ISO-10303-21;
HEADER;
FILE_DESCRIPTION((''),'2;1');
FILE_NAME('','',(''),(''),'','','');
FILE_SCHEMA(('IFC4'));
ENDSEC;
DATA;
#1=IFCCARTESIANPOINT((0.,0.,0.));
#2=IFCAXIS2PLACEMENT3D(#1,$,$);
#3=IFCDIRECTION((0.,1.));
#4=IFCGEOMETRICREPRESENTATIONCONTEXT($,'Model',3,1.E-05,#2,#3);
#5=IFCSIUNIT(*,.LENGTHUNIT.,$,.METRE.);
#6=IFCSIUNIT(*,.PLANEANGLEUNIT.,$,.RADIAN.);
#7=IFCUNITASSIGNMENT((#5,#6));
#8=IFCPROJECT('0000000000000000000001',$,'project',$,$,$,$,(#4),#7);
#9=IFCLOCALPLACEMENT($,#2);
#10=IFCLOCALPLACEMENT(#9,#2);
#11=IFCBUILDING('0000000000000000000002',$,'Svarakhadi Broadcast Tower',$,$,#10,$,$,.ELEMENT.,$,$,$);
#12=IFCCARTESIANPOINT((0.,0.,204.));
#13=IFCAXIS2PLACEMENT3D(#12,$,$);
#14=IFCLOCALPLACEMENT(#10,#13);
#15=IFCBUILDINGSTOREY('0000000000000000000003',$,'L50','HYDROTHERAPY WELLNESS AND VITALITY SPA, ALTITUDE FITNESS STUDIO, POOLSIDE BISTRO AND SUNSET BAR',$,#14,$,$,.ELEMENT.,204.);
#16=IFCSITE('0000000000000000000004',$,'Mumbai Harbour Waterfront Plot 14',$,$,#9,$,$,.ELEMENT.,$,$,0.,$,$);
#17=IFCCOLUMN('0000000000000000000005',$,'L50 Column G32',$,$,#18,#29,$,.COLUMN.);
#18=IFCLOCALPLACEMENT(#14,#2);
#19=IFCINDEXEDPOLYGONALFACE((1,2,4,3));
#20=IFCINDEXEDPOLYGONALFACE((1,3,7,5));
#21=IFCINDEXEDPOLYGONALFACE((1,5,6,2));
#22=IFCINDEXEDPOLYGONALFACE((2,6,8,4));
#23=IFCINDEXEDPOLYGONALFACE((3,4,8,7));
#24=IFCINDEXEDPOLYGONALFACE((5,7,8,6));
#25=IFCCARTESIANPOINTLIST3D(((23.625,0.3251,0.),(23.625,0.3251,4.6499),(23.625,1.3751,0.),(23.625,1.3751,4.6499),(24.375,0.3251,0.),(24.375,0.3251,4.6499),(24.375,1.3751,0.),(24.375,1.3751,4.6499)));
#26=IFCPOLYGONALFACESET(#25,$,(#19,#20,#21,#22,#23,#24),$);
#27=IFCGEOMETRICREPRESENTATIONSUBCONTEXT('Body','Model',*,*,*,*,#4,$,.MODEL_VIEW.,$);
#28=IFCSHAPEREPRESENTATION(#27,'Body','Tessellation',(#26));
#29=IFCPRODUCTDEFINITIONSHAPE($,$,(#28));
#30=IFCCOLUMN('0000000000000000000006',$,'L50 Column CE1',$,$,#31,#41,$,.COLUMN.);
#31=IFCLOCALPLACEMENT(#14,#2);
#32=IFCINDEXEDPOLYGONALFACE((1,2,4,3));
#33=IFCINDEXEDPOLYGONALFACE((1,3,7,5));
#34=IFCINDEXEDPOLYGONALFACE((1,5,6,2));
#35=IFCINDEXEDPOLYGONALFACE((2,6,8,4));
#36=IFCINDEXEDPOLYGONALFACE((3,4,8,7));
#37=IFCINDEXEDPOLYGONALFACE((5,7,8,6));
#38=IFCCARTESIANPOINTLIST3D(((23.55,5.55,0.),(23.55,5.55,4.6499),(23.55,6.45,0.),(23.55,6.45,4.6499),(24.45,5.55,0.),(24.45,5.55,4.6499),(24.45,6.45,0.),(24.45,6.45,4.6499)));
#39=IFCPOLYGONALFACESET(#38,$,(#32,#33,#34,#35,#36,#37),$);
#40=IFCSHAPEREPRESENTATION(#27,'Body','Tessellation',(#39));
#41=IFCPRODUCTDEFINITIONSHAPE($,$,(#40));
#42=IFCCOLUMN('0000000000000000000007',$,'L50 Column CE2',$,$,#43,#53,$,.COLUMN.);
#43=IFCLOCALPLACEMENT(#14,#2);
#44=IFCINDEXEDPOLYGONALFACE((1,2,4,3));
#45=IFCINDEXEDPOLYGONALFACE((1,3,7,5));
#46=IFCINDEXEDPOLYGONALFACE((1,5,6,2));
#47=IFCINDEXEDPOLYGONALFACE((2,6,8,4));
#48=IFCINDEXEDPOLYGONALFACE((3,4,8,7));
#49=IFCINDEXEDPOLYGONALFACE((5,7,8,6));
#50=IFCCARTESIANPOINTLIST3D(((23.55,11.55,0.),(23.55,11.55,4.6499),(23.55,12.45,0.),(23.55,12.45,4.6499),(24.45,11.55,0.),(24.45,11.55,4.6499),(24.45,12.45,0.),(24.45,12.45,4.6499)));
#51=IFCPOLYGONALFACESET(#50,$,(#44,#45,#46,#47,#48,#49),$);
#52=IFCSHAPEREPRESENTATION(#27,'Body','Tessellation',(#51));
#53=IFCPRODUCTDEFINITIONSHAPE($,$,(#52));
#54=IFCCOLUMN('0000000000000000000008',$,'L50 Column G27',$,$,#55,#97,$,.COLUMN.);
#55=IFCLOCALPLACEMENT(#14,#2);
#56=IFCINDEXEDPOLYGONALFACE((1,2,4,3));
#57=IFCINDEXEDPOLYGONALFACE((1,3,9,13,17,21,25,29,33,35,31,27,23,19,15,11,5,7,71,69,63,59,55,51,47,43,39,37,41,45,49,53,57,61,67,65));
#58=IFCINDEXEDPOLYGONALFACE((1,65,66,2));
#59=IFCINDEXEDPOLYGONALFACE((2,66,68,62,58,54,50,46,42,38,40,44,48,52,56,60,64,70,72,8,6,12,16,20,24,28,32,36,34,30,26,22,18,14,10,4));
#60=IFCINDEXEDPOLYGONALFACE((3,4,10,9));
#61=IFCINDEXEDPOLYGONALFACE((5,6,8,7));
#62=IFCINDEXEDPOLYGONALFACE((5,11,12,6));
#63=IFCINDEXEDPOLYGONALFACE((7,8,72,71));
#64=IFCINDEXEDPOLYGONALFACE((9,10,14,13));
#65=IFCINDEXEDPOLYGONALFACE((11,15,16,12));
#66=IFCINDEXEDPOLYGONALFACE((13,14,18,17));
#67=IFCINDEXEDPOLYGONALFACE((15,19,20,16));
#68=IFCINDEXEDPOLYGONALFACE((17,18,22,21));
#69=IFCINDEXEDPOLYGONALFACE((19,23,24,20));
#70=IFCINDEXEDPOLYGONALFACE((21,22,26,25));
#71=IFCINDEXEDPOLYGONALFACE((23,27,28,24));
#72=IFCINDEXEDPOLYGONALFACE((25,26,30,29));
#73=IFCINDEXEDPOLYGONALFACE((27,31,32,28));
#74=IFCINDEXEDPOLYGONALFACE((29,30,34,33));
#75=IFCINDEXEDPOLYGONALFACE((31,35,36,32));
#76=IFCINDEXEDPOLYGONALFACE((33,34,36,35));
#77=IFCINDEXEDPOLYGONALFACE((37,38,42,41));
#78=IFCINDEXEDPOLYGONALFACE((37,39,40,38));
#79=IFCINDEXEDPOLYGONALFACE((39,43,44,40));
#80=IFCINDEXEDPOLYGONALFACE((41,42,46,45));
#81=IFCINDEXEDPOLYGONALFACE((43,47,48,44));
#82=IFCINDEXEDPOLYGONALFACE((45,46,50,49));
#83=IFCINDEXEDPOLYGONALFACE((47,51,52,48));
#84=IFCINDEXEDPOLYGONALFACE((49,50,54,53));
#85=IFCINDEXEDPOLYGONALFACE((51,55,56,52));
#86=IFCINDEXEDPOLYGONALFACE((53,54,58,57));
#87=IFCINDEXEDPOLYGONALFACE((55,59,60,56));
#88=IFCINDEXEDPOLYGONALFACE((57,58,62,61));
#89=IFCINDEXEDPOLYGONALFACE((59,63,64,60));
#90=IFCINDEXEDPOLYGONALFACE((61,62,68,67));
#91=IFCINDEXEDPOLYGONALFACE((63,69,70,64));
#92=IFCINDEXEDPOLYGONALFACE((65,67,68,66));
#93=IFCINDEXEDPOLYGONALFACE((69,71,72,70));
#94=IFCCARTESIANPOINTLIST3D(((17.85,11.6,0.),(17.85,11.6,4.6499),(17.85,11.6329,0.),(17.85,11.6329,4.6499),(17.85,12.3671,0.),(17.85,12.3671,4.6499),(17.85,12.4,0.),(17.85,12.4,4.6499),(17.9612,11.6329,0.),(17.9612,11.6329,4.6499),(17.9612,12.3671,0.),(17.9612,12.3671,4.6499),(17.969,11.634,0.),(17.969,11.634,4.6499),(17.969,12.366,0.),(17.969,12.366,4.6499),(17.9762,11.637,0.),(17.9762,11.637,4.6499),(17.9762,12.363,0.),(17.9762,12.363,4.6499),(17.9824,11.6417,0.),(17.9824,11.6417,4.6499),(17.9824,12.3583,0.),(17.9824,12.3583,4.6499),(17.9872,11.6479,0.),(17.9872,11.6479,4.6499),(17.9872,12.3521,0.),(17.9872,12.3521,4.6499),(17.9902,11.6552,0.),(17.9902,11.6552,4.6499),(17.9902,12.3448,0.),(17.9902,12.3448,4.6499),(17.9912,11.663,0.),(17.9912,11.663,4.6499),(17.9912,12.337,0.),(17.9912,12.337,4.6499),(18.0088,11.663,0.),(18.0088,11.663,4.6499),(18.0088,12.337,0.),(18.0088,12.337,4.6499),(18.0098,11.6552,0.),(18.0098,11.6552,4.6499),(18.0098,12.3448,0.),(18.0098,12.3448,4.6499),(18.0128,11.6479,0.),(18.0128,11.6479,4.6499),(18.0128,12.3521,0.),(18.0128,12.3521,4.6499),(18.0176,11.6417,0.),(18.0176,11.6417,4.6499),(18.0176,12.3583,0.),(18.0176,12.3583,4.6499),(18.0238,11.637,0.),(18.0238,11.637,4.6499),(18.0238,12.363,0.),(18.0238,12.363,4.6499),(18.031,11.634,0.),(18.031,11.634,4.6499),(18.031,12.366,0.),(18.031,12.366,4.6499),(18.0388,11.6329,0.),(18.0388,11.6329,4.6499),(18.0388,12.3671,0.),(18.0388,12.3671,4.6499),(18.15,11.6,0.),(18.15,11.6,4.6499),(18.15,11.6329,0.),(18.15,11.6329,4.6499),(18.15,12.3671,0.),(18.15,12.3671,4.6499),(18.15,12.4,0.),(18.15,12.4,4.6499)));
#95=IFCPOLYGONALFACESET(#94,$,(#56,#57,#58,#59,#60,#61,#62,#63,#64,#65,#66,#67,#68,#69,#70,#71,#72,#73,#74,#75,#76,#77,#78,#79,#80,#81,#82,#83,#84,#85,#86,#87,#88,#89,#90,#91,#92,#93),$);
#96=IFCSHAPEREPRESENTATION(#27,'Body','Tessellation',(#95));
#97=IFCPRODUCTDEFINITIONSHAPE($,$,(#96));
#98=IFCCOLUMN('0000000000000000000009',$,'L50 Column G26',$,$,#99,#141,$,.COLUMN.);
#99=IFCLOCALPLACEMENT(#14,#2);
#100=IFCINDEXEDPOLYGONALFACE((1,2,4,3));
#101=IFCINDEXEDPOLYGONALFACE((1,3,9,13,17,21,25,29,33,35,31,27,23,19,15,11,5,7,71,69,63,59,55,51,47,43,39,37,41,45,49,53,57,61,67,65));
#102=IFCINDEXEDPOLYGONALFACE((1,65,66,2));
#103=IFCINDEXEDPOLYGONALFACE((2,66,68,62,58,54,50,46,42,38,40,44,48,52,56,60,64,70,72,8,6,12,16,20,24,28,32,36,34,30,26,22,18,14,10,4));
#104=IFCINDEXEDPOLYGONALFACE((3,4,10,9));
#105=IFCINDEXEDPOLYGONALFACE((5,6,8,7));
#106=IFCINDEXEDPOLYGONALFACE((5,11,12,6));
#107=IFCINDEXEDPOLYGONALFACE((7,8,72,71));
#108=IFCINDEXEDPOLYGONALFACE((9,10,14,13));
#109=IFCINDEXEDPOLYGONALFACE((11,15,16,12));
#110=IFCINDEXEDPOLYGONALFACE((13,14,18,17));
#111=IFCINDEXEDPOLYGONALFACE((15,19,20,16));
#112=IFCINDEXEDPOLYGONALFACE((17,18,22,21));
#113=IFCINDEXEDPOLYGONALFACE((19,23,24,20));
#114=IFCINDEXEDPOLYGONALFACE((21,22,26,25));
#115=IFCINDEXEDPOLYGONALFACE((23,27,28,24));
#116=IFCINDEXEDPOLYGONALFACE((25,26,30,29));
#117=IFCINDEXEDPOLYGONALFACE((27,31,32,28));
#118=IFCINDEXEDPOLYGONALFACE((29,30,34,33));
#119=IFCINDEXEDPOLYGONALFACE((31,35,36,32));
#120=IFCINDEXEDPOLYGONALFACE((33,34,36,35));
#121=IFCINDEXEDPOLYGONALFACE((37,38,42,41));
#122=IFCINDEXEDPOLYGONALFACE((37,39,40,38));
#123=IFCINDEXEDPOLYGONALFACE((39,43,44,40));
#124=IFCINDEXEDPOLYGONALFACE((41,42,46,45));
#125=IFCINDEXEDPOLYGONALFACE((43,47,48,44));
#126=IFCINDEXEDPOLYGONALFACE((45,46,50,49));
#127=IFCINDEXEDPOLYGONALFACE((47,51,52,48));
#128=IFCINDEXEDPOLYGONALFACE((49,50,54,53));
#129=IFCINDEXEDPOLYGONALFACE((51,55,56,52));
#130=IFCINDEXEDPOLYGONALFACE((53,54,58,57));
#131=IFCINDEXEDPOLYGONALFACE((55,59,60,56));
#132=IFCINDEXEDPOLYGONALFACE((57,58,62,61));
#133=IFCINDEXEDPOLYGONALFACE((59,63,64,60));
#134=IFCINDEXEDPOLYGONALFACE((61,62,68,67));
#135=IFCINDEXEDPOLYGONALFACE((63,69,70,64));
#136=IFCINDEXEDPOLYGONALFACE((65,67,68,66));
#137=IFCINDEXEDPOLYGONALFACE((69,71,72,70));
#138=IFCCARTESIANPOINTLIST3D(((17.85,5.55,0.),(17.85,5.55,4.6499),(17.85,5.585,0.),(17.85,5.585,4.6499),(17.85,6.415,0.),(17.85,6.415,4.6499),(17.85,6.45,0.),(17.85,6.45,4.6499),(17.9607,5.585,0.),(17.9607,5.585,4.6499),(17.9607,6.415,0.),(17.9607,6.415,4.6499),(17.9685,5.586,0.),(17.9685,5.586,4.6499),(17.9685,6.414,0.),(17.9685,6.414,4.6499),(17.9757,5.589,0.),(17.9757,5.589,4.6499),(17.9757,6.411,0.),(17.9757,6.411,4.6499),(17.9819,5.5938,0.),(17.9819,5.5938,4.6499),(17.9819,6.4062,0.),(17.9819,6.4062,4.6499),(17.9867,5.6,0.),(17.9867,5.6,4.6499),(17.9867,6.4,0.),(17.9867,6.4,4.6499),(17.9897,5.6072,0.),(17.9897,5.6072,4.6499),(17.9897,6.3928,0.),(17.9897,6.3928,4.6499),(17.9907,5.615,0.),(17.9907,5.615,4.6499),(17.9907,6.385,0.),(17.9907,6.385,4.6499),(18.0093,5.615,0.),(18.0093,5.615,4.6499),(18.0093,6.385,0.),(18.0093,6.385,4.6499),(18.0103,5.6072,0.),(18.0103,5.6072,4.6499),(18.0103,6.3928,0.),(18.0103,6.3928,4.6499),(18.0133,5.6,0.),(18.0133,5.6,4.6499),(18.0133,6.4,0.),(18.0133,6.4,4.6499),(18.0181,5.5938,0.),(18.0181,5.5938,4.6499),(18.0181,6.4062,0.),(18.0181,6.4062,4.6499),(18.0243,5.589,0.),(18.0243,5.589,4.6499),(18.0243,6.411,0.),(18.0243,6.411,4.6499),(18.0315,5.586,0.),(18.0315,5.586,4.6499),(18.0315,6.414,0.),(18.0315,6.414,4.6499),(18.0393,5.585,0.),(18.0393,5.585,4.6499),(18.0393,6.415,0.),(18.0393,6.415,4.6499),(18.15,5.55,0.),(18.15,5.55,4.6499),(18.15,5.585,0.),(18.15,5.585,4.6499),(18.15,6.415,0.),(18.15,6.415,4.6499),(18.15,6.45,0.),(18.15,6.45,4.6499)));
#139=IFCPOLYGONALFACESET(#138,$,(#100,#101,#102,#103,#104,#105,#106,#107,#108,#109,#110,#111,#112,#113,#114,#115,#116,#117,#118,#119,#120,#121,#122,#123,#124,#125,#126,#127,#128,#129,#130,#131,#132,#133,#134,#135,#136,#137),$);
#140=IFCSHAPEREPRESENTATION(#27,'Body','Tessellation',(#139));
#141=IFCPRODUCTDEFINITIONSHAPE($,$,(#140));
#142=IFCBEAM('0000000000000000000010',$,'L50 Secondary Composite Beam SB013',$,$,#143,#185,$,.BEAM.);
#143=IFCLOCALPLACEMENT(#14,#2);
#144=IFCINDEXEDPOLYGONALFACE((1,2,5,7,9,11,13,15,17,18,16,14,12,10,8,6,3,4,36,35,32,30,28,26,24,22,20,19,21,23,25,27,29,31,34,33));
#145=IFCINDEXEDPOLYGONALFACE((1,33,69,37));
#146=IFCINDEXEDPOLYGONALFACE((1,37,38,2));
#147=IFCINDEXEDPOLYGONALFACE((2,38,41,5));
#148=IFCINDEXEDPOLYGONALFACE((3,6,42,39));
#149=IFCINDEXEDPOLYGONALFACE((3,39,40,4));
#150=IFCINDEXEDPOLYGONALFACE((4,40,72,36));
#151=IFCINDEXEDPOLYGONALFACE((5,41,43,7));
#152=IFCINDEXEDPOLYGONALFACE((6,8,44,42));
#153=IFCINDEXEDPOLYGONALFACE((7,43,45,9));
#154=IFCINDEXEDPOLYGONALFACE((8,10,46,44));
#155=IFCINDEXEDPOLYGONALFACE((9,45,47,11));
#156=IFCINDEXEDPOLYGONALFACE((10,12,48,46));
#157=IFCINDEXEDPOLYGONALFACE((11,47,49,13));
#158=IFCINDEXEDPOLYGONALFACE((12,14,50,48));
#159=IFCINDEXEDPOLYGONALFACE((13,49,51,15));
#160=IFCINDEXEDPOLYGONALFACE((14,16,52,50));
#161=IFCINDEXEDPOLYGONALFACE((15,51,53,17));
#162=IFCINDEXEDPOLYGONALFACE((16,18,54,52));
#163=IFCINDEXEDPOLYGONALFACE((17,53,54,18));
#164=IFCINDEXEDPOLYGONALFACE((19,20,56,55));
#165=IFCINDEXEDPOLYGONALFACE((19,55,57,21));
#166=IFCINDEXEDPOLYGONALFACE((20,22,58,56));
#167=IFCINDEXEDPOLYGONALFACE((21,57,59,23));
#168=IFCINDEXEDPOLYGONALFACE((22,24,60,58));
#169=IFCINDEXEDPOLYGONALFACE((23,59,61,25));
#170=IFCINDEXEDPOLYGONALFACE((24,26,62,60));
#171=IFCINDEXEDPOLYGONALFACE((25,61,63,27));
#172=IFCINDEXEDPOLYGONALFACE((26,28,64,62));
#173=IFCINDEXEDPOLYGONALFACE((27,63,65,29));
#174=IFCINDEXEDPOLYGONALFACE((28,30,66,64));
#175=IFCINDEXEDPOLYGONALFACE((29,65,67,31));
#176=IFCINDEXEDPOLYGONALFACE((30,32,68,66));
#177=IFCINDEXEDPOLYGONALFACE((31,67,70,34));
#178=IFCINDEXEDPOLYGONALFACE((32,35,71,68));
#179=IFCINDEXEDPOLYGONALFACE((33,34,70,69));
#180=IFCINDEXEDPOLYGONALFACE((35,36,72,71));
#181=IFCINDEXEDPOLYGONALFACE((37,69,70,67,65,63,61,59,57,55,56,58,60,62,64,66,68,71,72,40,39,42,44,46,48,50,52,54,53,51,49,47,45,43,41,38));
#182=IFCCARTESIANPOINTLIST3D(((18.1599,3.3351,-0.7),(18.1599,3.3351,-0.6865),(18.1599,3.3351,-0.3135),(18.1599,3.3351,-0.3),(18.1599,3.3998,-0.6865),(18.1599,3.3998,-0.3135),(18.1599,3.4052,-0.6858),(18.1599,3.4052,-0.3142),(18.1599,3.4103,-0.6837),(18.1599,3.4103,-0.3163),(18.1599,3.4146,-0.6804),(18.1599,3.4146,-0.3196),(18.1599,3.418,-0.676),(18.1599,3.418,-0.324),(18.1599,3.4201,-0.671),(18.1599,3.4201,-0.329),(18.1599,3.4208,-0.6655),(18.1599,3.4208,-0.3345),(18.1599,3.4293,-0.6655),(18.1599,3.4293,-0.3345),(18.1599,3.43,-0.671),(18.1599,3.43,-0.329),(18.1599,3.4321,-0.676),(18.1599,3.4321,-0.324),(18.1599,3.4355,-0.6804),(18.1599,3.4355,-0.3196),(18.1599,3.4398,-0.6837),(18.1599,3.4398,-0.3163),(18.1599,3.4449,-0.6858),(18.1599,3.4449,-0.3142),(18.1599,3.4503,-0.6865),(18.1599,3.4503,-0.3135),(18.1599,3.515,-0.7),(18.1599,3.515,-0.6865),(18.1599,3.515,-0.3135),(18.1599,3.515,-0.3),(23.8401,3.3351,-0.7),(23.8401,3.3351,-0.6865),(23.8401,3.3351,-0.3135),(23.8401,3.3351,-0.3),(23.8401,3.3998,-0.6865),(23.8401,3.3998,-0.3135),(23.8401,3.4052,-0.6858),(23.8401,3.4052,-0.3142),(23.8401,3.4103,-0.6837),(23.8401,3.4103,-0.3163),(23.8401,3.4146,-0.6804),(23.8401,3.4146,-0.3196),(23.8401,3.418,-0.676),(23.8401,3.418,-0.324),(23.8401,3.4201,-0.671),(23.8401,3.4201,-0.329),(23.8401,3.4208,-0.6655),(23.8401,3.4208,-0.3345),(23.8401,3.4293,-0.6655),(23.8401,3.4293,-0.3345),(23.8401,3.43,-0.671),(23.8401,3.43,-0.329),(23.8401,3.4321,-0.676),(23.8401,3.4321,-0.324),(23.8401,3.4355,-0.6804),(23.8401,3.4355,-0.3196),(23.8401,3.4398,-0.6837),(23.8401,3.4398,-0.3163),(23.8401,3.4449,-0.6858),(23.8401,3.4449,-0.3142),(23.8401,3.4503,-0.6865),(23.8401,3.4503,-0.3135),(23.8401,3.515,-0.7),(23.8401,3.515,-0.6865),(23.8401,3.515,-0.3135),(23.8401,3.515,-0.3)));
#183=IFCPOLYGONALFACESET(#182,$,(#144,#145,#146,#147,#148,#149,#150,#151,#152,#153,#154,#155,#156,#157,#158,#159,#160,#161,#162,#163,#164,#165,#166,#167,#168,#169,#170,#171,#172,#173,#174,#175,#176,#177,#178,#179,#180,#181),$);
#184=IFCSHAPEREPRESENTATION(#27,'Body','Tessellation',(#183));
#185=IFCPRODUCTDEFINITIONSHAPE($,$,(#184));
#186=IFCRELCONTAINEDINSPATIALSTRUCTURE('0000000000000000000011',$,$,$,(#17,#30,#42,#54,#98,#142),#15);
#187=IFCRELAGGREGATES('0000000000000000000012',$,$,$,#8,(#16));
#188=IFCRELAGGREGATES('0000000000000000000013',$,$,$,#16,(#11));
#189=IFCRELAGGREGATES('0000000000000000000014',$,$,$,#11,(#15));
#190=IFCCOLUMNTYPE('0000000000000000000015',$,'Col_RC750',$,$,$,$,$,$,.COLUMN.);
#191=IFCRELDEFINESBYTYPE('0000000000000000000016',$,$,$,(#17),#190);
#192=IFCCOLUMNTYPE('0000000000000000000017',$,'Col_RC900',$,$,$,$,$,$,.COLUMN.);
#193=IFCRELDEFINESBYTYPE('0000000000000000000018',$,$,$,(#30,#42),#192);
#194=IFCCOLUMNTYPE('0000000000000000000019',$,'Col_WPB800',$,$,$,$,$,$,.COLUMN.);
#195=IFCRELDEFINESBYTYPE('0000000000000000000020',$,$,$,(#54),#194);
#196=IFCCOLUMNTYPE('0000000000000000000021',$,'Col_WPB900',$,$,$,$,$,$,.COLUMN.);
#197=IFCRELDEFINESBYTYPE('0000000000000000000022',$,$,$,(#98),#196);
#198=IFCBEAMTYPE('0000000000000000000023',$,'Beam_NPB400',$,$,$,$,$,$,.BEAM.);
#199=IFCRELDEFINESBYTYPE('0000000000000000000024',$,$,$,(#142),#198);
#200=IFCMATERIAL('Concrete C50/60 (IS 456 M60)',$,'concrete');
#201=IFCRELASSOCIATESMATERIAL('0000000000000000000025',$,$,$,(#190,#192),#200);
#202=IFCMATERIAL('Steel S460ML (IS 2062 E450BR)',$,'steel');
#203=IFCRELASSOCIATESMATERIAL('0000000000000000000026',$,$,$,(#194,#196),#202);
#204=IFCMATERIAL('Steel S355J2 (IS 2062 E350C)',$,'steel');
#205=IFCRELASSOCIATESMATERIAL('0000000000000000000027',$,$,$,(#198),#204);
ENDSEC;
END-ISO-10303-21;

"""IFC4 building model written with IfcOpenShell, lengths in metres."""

from ifc_helpers import new_model, si_unit, direction, frame, origin, origin_2d, place, context, subcontext, project, spatial, rectangle, i_section, extrude, material, material_profile, profile_set, type_object, element, save


model = new_model("IFC4")

# Units and contexts
model_context = context("Model", 3, precision=1e-05, world=origin(), true_north=direction((0.0, 1.0)))
body_context = subcontext(model_context, "Body", "Model", "MODEL_VIEW")
ifc_project = project(units=[si_unit("LENGTHUNIT", "METRE"), si_unit("PLANEANGLEUNIT", "RADIAN")], contexts=[model_context])

# Site, building, storey
site_placement = place(None, origin())
site = spatial("IfcSite", under=ifc_project, at=site_placement, Name="Mumbai Harbour Waterfront Plot 14", CompositionType="ELEMENT", RefElevation=0.0)
building_placement = place(site_placement, origin())
building = spatial("IfcBuilding", under=site, at=building_placement, Name="Svarakhadi Broadcast Tower", CompositionType="ELEMENT")
storey_placement = place(building_placement, frame((0.0, 0.0, 204.0)))
storey = spatial("IfcBuildingStorey", under=building, at=storey_placement, Name="L50", Description="HYDROTHERAPY WELLNESS AND VITALITY SPA, ALTITUDE FITNESS STUDIO, POOLSIDE BISTRO AND SUNSET BAR", CompositionType="ELEMENT", Elevation=204.0)

# Columns
ifc_material_1 = material(Name="Concrete C50/60 (IS 456 M60)", Category="concrete")
ifc_material_profile_1 = material_profile(ifc_material_1, rectangle(XDim=0.75, YDim=1.05, at=origin_2d()), Name="RC 750x1050")
ifc_profile_set_1 = profile_set([ifc_material_profile_1], Name="Concrete C50/60 (IS 456 M60)")
column_type_1 = type_object("IfcColumnType", Name="Col_RC750", PredefinedType="COLUMN", material=ifc_profile_set_1)
column_1_placement = place(storey_placement, frame((24.0, 0.8501, 0.0), z_axis=(0.0, 0.0, 1.0), x_axis=(1.0, 0.0, 0.0)))
element("IfcColumn", 1, at=column_1_placement, inside=storey, type_object=column_type_1, Name="L50 Column G32", PredefinedType="COLUMN", context=body_context, shape_type="SweptSolid", body=[
    extrude(rectangle(XDim=0.75, YDim=1.05, at=origin_2d()), origin(), (0.0, 0.0, 1.0), 4.6499),
])
ifc_material_profile_2 = material_profile(ifc_material_1, rectangle(XDim=0.8999, YDim=0.8999, at=origin_2d()), Name="RC 900x900")
ifc_profile_set_2 = profile_set([ifc_material_profile_2], Name="Concrete C50/60 (IS 456 M60)")
column_type_2 = type_object("IfcColumnType", Name="Col_RC900", PredefinedType="COLUMN", material=ifc_profile_set_2)
for number, where, z_axis, x_axis, name in (
    (2, (24.0, 6.0, 0.0), (0.0, 0.0, 1.0), (1.0, 0.0, 0.0), "L50 Column CE1"),
    (3, (24.0, 12.0, 0.0), (0.0, 0.0, 1.0), (1.0, 0.0, 0.0), "L50 Column CE2"),
):
    element("IfcColumn", number, at=place(storey_placement, frame(where, z_axis=z_axis, x_axis=x_axis)), inside=storey, type_object=column_type_2, Name=name, PredefinedType="COLUMN", context=body_context, shape_type="SweptSolid", body=[
        extrude(rectangle(XDim=0.8999, YDim=0.8999, at=origin_2d()), origin(), (0.0, 0.0, 1.0), 4.6499),
    ])
ifc_material_2 = material(Name="Steel S460ML (IS 2062 E450BR)", Category="steel")
ifc_material_profile_3 = material_profile(ifc_material_2, i_section(OverallWidth=0.3, OverallDepth=0.8, WebThickness=0.0176, FlangeThickness=0.033, FilletRadius=0.03, at=origin_2d()), Name="WPB 800x300x262")
ifc_profile_set_3 = profile_set([ifc_material_profile_3], Name="Steel S460ML (IS 2062 E450BR)")
column_type_3 = type_object("IfcColumnType", Name="Col_WPB800", PredefinedType="COLUMN", material=ifc_profile_set_3)
column_2_placement = place(storey_placement, frame((18.0, 12.0, 0.0), z_axis=(0.0, 0.0, 1.0), x_axis=(1.0, 0.0, 0.0)))
element("IfcColumn", 4, at=column_2_placement, inside=storey, type_object=column_type_3, Name="L50 Column G27", PredefinedType="COLUMN", context=body_context, shape_type="SweptSolid", body=[
    extrude(i_section(OverallWidth=0.3, OverallDepth=0.8, WebThickness=0.0176, FlangeThickness=0.033, FilletRadius=0.03, at=origin_2d()), origin(), (0.0, 0.0, 1.0), 4.6499),
])
ifc_material_profile_4 = material_profile(ifc_material_2, i_section(OverallWidth=0.3, OverallDepth=0.8999, WebThickness=0.0186, FlangeThickness=0.0349, FilletRadius=0.03, at=origin_2d()), Name="WPB 900x300x291")
ifc_profile_set_4 = profile_set([ifc_material_profile_4], Name="Steel S460ML (IS 2062 E450BR)")
column_type_4 = type_object("IfcColumnType", Name="Col_WPB900", PredefinedType="COLUMN", material=ifc_profile_set_4)
column_3_placement = place(storey_placement, frame((18.0, 6.0, 0.0), z_axis=(0.0, 0.0, 1.0), x_axis=(1.0, 0.0, 0.0)))
element("IfcColumn", 5, at=column_3_placement, inside=storey, type_object=column_type_4, Name="L50 Column G26", PredefinedType="COLUMN", context=body_context, shape_type="SweptSolid", body=[
    extrude(i_section(OverallWidth=0.3, OverallDepth=0.8999, WebThickness=0.0186, FlangeThickness=0.0349, FilletRadius=0.03, at=origin_2d()), origin(), (0.0, 0.0, 1.0), 4.6499),
])

# Beam
ifc_material_3 = material(Name="Steel S355J2 (IS 2062 E350C)", Category="steel")
ifc_material_profile_5 = material_profile(ifc_material_3, i_section(OverallWidth=0.1799, OverallDepth=0.3999, WebThickness=0.0085, FlangeThickness=0.0134, FilletRadius=0.021, at=origin_2d()), Name="NPB 400x180x66")
ifc_profile_set_5 = profile_set([ifc_material_profile_5], Name="Steel S355J2 (IS 2062 E350C)")
beam_type_1 = type_object("IfcBeamType", Name="Beam_NPB400", PredefinedType="BEAM", material=ifc_profile_set_5)
for number, where, z_axis, x_axis, name in (
    (6, (18.1599, 3.425, -0.5), (1.0, 0.0, 0.0), (0.0, 1.0, 0.0), "L50 Secondary Composite Beam SB013"),
):
    element("IfcBeam", number, at=place(storey_placement, frame(where, z_axis=z_axis, x_axis=x_axis)), inside=storey, type_object=beam_type_1, Name=name, PredefinedType="BEAM", context=body_context, shape_type="SweptSolid", body=[
        extrude(i_section(OverallWidth=0.1799, OverallDepth=0.3999, WebThickness=0.0085, FlangeThickness=0.0134, FilletRadius=0.021, at=origin_2d()), origin(), (0.0, 0.0, 1.0), 5.6802),
    ])

save(model, "model.ifc")
